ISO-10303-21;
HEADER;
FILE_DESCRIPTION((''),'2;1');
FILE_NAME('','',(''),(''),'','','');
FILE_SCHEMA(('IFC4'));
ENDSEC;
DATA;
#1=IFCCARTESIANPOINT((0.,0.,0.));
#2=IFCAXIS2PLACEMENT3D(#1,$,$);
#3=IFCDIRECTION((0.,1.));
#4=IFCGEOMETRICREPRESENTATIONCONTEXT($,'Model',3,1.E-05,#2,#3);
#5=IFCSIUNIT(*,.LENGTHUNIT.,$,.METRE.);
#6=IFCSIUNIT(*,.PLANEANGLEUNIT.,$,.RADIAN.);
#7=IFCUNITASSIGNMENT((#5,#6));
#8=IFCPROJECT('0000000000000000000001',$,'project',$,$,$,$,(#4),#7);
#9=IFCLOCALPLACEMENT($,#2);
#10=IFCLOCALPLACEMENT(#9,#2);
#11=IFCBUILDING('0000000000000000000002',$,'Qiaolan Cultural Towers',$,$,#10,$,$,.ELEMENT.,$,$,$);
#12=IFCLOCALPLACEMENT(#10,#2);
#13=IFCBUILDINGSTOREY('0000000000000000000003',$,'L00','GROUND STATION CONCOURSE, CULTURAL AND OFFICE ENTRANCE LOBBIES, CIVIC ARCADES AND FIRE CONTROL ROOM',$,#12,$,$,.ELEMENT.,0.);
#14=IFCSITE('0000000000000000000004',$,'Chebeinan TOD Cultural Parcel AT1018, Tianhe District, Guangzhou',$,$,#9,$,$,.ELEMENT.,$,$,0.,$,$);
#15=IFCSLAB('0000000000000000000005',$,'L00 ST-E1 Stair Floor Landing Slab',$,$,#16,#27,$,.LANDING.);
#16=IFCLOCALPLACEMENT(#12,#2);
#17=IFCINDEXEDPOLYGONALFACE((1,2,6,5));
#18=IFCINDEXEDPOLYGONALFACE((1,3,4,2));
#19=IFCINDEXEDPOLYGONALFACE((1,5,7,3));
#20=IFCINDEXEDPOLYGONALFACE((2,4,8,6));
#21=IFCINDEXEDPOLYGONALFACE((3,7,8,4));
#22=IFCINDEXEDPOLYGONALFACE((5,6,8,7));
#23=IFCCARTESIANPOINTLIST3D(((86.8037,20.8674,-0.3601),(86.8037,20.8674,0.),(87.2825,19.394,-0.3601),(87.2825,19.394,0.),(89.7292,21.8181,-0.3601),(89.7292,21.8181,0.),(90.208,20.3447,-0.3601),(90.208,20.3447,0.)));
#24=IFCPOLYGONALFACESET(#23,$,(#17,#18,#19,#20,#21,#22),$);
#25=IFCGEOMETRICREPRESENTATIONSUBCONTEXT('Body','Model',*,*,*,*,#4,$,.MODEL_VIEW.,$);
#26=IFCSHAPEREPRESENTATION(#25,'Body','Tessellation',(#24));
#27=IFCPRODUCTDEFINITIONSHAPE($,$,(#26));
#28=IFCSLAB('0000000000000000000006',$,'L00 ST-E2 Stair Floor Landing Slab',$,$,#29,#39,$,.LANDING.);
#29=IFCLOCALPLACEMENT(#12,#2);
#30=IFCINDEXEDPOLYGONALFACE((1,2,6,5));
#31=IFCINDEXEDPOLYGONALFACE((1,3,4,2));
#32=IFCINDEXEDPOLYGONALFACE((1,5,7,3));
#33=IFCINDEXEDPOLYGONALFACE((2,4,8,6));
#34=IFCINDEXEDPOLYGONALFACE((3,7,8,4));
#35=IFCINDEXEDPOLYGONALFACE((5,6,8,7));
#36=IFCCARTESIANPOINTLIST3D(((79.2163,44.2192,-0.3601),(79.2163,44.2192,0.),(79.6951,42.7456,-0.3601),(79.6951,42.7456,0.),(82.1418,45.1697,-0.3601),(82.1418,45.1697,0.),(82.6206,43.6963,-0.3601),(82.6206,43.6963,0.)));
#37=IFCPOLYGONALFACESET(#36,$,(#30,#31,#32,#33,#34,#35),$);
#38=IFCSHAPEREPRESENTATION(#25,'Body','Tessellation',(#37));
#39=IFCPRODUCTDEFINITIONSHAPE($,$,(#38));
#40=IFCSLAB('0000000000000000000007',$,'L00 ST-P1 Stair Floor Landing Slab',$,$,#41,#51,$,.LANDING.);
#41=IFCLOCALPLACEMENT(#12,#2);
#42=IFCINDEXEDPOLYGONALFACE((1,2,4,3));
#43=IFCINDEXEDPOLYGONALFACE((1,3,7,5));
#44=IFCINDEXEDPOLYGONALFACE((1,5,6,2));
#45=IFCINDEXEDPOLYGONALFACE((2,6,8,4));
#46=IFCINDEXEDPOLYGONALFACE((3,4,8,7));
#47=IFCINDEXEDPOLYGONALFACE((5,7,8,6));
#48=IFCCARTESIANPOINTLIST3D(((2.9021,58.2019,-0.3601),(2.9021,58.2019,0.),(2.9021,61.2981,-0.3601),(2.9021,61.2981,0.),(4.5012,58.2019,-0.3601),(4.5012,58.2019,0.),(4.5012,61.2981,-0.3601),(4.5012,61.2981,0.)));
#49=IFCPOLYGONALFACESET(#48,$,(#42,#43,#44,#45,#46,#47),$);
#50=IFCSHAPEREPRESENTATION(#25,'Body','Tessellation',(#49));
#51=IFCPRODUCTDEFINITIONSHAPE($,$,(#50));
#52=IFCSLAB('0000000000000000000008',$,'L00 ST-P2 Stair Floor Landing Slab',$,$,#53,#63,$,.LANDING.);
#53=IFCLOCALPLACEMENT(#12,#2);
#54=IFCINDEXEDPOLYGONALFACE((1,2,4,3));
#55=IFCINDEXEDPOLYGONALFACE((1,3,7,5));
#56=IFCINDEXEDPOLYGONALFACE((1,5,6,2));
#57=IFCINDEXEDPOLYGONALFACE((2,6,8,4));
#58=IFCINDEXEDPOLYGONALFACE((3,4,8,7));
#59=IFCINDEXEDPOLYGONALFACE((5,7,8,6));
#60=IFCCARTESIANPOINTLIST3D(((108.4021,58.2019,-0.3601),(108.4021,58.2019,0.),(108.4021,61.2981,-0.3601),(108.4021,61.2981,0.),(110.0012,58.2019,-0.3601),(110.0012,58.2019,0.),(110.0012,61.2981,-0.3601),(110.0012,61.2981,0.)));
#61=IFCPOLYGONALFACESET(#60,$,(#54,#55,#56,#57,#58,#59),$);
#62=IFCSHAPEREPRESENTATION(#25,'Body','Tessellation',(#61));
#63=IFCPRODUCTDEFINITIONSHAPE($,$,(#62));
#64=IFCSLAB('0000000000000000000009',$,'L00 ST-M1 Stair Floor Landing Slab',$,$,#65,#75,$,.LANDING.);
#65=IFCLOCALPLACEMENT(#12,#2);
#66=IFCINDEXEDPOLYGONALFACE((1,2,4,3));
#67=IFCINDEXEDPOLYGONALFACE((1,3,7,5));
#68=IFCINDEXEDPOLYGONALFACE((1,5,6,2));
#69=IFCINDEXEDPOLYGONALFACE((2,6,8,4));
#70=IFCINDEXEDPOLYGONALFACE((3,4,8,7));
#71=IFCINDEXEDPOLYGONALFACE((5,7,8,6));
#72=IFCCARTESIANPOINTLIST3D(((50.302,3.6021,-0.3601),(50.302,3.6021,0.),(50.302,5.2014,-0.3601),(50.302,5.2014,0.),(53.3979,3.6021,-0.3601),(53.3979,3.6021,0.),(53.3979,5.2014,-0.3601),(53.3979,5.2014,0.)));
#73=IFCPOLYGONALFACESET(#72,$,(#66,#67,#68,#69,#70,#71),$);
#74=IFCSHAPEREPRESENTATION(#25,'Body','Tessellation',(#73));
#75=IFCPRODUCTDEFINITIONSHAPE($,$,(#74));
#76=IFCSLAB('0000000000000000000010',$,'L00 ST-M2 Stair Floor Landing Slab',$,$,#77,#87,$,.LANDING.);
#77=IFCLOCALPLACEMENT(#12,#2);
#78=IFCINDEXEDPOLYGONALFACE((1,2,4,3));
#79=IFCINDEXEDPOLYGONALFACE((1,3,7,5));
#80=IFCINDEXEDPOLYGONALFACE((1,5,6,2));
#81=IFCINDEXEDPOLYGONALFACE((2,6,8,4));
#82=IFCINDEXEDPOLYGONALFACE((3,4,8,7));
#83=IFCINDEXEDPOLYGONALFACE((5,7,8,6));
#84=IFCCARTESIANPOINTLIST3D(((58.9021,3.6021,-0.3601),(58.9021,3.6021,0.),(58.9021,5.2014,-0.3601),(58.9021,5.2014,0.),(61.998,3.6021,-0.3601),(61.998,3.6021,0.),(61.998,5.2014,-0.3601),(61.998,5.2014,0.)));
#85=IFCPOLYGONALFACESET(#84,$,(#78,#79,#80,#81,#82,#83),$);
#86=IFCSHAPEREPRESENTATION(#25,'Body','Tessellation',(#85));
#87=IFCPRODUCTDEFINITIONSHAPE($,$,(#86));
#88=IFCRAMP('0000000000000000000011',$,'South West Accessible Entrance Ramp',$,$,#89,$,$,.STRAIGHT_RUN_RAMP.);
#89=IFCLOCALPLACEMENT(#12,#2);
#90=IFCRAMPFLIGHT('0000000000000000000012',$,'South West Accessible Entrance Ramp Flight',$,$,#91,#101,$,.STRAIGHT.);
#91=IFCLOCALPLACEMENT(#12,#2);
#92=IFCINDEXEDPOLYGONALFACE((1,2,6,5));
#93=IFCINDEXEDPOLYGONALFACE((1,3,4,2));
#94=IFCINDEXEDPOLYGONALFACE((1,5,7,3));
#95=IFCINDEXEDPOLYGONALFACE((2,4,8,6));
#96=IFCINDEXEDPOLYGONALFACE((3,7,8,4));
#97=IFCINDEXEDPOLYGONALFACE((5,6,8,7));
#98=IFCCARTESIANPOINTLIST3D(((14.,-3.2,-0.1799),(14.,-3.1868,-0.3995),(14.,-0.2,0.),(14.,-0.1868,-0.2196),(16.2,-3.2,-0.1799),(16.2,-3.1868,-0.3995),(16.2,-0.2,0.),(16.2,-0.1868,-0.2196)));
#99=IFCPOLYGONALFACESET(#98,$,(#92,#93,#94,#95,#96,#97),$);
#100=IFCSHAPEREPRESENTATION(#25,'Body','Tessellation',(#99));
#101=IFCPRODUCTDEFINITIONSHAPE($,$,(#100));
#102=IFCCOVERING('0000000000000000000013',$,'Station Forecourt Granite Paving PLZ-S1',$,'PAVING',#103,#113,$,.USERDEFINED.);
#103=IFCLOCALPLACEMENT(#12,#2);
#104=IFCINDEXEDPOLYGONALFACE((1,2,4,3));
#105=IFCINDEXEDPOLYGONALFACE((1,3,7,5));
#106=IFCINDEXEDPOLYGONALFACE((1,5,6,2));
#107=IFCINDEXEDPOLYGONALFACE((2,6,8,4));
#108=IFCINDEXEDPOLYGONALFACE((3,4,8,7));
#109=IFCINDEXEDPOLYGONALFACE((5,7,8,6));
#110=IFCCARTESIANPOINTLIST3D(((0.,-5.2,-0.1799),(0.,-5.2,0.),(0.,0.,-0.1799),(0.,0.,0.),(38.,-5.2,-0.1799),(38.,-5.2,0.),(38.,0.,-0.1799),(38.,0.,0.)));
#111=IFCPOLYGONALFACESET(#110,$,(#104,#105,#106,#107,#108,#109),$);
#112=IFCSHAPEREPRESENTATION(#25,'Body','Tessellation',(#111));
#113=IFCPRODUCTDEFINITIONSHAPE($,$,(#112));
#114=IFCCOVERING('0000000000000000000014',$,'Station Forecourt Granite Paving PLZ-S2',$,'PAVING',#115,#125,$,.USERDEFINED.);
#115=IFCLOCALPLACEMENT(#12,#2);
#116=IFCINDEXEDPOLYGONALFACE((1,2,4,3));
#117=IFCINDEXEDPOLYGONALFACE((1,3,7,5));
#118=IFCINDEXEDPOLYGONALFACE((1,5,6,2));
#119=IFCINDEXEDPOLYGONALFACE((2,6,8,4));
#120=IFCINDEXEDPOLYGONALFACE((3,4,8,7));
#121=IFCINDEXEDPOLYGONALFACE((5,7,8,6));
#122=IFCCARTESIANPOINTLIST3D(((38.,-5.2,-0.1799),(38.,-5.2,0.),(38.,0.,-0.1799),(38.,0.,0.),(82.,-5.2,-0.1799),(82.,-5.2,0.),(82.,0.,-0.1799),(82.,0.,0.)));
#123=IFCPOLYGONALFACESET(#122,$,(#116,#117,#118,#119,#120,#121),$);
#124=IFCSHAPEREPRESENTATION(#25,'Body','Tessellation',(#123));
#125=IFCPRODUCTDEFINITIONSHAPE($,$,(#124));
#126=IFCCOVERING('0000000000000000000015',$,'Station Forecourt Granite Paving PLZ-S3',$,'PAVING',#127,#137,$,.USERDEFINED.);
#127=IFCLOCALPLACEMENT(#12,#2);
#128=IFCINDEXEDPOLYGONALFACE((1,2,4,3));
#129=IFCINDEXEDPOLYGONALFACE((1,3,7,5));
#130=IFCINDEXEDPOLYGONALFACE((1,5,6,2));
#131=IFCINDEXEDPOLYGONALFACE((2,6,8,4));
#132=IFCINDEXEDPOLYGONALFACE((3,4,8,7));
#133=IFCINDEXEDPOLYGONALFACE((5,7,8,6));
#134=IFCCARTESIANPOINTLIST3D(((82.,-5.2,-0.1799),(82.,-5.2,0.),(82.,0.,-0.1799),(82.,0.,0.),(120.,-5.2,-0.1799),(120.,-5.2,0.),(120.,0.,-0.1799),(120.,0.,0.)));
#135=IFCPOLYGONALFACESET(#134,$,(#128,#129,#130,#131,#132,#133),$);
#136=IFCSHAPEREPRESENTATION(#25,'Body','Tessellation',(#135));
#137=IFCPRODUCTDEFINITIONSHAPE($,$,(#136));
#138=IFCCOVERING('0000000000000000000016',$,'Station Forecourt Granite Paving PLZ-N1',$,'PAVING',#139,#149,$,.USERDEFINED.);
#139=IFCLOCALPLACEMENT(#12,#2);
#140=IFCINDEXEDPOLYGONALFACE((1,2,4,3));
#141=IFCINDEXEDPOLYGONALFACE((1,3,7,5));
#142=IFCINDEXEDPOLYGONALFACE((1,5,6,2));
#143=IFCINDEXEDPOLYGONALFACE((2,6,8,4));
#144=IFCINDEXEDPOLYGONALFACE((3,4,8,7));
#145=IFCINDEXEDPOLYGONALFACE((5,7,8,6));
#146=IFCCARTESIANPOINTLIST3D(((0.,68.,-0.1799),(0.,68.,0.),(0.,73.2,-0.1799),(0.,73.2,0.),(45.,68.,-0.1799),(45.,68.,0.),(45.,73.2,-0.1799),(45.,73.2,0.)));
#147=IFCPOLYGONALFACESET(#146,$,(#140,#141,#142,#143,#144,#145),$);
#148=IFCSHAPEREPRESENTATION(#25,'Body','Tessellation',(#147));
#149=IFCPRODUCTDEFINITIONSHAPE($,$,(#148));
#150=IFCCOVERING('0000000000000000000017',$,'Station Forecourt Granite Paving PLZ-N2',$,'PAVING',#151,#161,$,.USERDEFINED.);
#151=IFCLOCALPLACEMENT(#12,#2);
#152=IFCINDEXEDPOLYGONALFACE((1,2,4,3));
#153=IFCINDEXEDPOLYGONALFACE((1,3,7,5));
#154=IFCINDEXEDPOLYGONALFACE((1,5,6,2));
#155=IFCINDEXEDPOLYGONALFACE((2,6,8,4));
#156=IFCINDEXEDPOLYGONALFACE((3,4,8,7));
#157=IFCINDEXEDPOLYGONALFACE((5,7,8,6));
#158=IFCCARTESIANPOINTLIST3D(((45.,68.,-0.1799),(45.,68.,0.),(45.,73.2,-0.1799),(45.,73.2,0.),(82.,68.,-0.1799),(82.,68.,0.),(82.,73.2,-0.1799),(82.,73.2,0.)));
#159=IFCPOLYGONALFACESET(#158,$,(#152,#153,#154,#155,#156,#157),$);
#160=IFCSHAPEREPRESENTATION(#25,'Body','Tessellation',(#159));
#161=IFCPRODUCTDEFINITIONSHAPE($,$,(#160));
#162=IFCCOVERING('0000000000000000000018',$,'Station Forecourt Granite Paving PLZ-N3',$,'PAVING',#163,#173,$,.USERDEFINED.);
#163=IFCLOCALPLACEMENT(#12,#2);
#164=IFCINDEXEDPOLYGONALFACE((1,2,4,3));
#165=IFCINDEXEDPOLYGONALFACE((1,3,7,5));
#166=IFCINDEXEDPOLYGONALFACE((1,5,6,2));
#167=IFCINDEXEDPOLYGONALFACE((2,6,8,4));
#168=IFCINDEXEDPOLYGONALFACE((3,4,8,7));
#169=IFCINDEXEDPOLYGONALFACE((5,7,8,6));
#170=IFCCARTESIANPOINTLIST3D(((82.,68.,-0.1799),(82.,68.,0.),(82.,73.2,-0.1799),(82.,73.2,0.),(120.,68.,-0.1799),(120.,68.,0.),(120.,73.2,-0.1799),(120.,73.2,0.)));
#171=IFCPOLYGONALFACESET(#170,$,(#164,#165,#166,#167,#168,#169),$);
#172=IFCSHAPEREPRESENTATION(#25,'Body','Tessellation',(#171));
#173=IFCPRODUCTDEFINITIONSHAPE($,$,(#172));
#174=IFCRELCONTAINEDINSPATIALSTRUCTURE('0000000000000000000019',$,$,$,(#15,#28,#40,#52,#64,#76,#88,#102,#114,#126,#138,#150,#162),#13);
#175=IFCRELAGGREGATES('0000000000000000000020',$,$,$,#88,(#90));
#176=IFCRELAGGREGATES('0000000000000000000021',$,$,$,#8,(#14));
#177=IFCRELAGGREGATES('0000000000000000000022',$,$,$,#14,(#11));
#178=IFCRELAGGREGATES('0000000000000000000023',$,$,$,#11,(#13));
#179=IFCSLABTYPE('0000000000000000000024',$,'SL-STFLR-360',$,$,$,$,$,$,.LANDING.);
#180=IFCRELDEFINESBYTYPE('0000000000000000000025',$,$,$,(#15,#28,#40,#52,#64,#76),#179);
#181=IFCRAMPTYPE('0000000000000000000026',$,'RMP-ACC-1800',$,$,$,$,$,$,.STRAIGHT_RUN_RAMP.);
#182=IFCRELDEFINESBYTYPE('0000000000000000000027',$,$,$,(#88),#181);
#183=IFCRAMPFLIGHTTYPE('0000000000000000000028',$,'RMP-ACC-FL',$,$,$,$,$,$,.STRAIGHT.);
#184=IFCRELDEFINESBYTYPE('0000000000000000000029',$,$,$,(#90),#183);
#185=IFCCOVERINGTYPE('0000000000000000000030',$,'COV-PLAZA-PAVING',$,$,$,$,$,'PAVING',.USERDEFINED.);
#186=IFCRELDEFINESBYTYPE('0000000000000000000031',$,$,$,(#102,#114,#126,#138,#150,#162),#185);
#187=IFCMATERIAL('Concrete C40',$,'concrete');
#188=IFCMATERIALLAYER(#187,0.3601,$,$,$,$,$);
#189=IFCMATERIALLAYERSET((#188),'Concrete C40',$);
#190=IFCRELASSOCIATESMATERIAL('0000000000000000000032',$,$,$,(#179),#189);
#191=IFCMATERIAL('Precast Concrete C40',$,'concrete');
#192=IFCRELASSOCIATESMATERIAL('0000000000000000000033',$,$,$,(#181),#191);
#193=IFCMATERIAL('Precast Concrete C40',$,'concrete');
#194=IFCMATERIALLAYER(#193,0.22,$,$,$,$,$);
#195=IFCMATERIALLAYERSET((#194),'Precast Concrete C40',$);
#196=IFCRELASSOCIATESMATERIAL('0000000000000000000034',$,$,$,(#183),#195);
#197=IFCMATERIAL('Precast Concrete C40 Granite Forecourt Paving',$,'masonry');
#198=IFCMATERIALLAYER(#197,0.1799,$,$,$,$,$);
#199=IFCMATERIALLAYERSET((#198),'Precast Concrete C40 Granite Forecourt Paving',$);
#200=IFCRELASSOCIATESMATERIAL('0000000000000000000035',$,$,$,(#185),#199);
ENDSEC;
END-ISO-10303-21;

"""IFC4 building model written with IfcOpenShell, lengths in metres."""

from ifc_helpers import new_model, si_unit, direction, frame, origin, place, context, subcontext, project, spatial, polyline, outline, extrude, material, layer, layer_set, type_object, element, aggregate, save


model = new_model("IFC4")

# Units and contexts
model_context = context("Model", 3, precision=1e-05, world=origin(), true_north=direction((0.0, 1.0)))
body_context = subcontext(model_context, "Body", "Model", "MODEL_VIEW")
ifc_project = project(units=[si_unit("LENGTHUNIT", "METRE"), si_unit("PLANEANGLEUNIT", "RADIAN")], contexts=[model_context])

# Site, building, storey
site_placement = place(None, origin())
site = spatial("IfcSite", under=ifc_project, at=site_placement, Name="Chebeinan TOD Cultural Parcel AT1018, Tianhe District, Guangzhou", CompositionType="ELEMENT", RefElevation=0.0)
building_placement = place(site_placement, origin())
building = spatial("IfcBuilding", under=site, at=building_placement, Name="Qiaolan Cultural Towers", CompositionType="ELEMENT")
storey_placement = place(building_placement, origin())
storey = spatial("IfcBuildingStorey", under=building, at=storey_placement, Name="L00", Description="GROUND STATION CONCOURSE, CULTURAL AND OFFICE ENTRANCE LOBBIES, CIVIC ARCADES AND FIRE CONTROL ROOM", CompositionType="ELEMENT", Elevation=0.0)

# Slabs
ifc_material_1 = material(Name="Concrete C40", Category="concrete")
ifc_layer_1 = layer(ifc_material_1, 0.3601)
ifc_layer_set_1 = layer_set([ifc_layer_1], Name="Concrete C40")
slab_type_1 = type_object("IfcSlabType", Name="SL-STFLR-360", PredefinedType="LANDING", material=ifc_layer_set_1)
slab_1_placement = place(storey_placement, frame((0.0, 0.0, -0.3601)))
element("IfcSlab", 1, at=slab_1_placement, inside=storey, type_object=slab_type_1, Name="L00 ST-E1 Stair Floor Landing Slab", PredefinedType="LANDING", context=body_context, shape_type="SweptSolid", body=[
    extrude(outline(polyline([(86.8037, 20.8674), (87.2825, 19.394), (90.208, 20.3447), (89.7292, 21.8181), (86.8037, 20.8674)])), origin(), (0.0, 0.0, 1.0), 0.3601),
])
slab_2_placement = place(storey_placement, frame((0.0, 0.0, -0.3601)))
element("IfcSlab", 2, at=slab_2_placement, inside=storey, type_object=slab_type_1, Name="L00 ST-E2 Stair Floor Landing Slab", PredefinedType="LANDING", context=body_context, shape_type="SweptSolid", body=[
    extrude(outline(polyline([(82.6206, 43.6963), (82.1418, 45.1697), (79.2163, 44.2192), (79.6951, 42.7456), (82.6206, 43.6963)])), origin(), (0.0, 0.0, 1.0), 0.3601),
])
slab_3_placement = place(storey_placement, frame((0.0, 0.0, -0.3601)))
element("IfcSlab", 3, at=slab_3_placement, inside=storey, type_object=slab_type_1, Name="L00 ST-P1 Stair Floor Landing Slab", PredefinedType="LANDING", context=body_context, shape_type="SweptSolid", body=[
    extrude(outline(polyline([(2.9021, 58.2019), (4.5012, 58.2019), (4.5012, 61.2981), (2.9021, 61.2981), (2.9021, 58.2019)])), origin(), (0.0, 0.0, 1.0), 0.3601),
])
slab_4_placement = place(storey_placement, frame((0.0, 0.0, -0.3601)))
element("IfcSlab", 4, at=slab_4_placement, inside=storey, type_object=slab_type_1, Name="L00 ST-P2 Stair Floor Landing Slab", PredefinedType="LANDING", context=body_context, shape_type="SweptSolid", body=[
    extrude(outline(polyline([(108.4021, 58.2019), (110.0012, 58.2019), (110.0012, 61.2981), (108.4021, 61.2981), (108.4021, 58.2019)])), origin(), (0.0, 0.0, 1.0), 0.3601),
])
slab_5_placement = place(storey_placement, frame((0.0, 0.0, -0.3601)))
element("IfcSlab", 5, at=slab_5_placement, inside=storey, type_object=slab_type_1, Name="L00 ST-M1 Stair Floor Landing Slab", PredefinedType="LANDING", context=body_context, shape_type="SweptSolid", body=[
    extrude(outline(polyline([(53.3979, 3.6021), (53.3979, 5.2014), (50.302, 5.2014), (50.302, 3.6021), (53.3979, 3.6021)])), origin(), (0.0, 0.0, 1.0), 0.3601),
])
slab_6_placement = place(storey_placement, frame((0.0, 0.0, -0.3601)))
element("IfcSlab", 6, at=slab_6_placement, inside=storey, type_object=slab_type_1, Name="L00 ST-M2 Stair Floor Landing Slab", PredefinedType="LANDING", context=body_context, shape_type="SweptSolid", body=[
    extrude(outline(polyline([(61.998, 3.6021), (61.998, 5.2014), (58.9021, 5.2014), (58.9021, 3.6021), (61.998, 3.6021)])), origin(), (0.0, 0.0, 1.0), 0.3601),
])

# Ramp, ramp flight
ifc_material_2 = material(Name="Precast Concrete C40", Category="concrete")
ramp_type = type_object("IfcRampType", Name="RMP-ACC-1800", PredefinedType="STRAIGHT_RUN_RAMP", material=ifc_material_2)
ramp_placement = place(storey_placement, origin())
ramp = element("IfcRamp", 7, at=ramp_placement, inside=storey, type_object=ramp_type, Name="South West Accessible Entrance Ramp", PredefinedType="STRAIGHT_RUN_RAMP")
ifc_material_3 = material(Name="Precast Concrete C40", Category="concrete")
ifc_layer_2 = layer(ifc_material_3, 0.22)
ifc_layer_set_2 = layer_set([ifc_layer_2], Name="Precast Concrete C40")
ramp_flight_type = type_object("IfcRampFlightType", Name="RMP-ACC-FL", PredefinedType="STRAIGHT", material=ifc_layer_set_2)
ramp_flight_placement = place(storey_placement, frame((14.0, -3.2, -0.1799), z_axis=(0.0, -0.05987, 0.998206), x_axis=(1.0, 0.0, 0.0)))
ramp_flight = element("IfcRampFlight", 8, at=ramp_flight_placement, type_object=ramp_flight_type, Name="South West Accessible Entrance Ramp Flight", PredefinedType="STRAIGHT", context=body_context, shape_type="SweptSolid", body=[
    extrude(outline(polyline([(0.0, 0.0), (2.2, 0.0), (2.2, 3.0054), (0.0, 3.0054), (0.0, 0.0)])), origin(), (0.0, 0.0, -1.0), 0.22),
])
aggregate(ramp, [ramp_flight])

# Coverings
ifc_material_4 = material(Name="Precast Concrete C40 Granite Forecourt Paving", Category="masonry")
ifc_layer_3 = layer(ifc_material_4, 0.1799)
ifc_layer_set_3 = layer_set([ifc_layer_3], Name="Precast Concrete C40 Granite Forecourt Paving")
covering_type = type_object("IfcCoveringType", Name="COV-PLAZA-PAVING", ElementType="PAVING", PredefinedType="USERDEFINED", material=ifc_layer_set_3)
covering_1_placement = place(storey_placement, frame((0.0, 0.0, -0.1799)))
element("IfcCovering", 9, at=covering_1_placement, inside=storey, type_object=covering_type, Name="Station Forecourt Granite Paving PLZ-S1", ObjectType="PAVING", PredefinedType="USERDEFINED", context=body_context, shape_type="SweptSolid", body=[
    extrude(outline(polyline([(0.0, -5.2), (38.0, -5.2), (38.0, 0.0), (0.0, 0.0), (0.0, -5.2)])), origin(), (0.0, 0.0, 1.0), 0.1799),
])
covering_2_placement = place(storey_placement, frame((0.0, 0.0, -0.1799)))
element("IfcCovering", 10, at=covering_2_placement, inside=storey, type_object=covering_type, Name="Station Forecourt Granite Paving PLZ-S2", ObjectType="PAVING", PredefinedType="USERDEFINED", context=body_context, shape_type="SweptSolid", body=[
    extrude(outline(polyline([(38.0, -5.2), (82.0, -5.2), (82.0, 0.0), (38.0, 0.0), (38.0, -5.2)])), origin(), (0.0, 0.0, 1.0), 0.1799),
])
covering_3_placement = place(storey_placement, frame((0.0, 0.0, -0.1799)))
element("IfcCovering", 11, at=covering_3_placement, inside=storey, type_object=covering_type, Name="Station Forecourt Granite Paving PLZ-S3", ObjectType="PAVING", PredefinedType="USERDEFINED", context=body_context, shape_type="SweptSolid", body=[
    extrude(outline(polyline([(82.0, -5.2), (120.0, -5.2), (120.0, 0.0), (82.0, 0.0), (82.0, -5.2)])), origin(), (0.0, 0.0, 1.0), 0.1799),
])
covering_4_placement = place(storey_placement, frame((0.0, 0.0, -0.1799)))
element("IfcCovering", 12, at=covering_4_placement, inside=storey, type_object=covering_type, Name="Station Forecourt Granite Paving PLZ-N1", ObjectType="PAVING", PredefinedType="USERDEFINED", context=body_context, shape_type="SweptSolid", body=[
    extrude(outline(polyline([(0.0, 68.0), (45.0, 68.0), (45.0, 73.2), (0.0, 73.2), (0.0, 68.0)])), origin(), (0.0, 0.0, 1.0), 0.1799),
])
covering_5_placement = place(storey_placement, frame((0.0, 0.0, -0.1799)))
element("IfcCovering", 13, at=covering_5_placement, inside=storey, type_object=covering_type, Name="Station Forecourt Granite Paving PLZ-N2", ObjectType="PAVING", PredefinedType="USERDEFINED", context=body_context, shape_type="SweptSolid", body=[
    extrude(outline(polyline([(45.0, 68.0), (82.0, 68.0), (82.0, 73.2), (45.0, 73.2), (45.0, 68.0)])), origin(), (0.0, 0.0, 1.0), 0.1799),
])
covering_6_placement = place(storey_placement, frame((0.0, 0.0, -0.1799)))
element("IfcCovering", 14, at=covering_6_placement, inside=storey, type_object=covering_type, Name="Station Forecourt Granite Paving PLZ-N3", ObjectType="PAVING", PredefinedType="USERDEFINED", context=body_context, shape_type="SweptSolid", body=[
    extrude(outline(polyline([(82.0, 68.0), (120.0, 68.0), (120.0, 73.2), (82.0, 73.2), (82.0, 68.0)])), origin(), (0.0, 0.0, 1.0), 0.1799),
])

save(model, "model.ifc")
